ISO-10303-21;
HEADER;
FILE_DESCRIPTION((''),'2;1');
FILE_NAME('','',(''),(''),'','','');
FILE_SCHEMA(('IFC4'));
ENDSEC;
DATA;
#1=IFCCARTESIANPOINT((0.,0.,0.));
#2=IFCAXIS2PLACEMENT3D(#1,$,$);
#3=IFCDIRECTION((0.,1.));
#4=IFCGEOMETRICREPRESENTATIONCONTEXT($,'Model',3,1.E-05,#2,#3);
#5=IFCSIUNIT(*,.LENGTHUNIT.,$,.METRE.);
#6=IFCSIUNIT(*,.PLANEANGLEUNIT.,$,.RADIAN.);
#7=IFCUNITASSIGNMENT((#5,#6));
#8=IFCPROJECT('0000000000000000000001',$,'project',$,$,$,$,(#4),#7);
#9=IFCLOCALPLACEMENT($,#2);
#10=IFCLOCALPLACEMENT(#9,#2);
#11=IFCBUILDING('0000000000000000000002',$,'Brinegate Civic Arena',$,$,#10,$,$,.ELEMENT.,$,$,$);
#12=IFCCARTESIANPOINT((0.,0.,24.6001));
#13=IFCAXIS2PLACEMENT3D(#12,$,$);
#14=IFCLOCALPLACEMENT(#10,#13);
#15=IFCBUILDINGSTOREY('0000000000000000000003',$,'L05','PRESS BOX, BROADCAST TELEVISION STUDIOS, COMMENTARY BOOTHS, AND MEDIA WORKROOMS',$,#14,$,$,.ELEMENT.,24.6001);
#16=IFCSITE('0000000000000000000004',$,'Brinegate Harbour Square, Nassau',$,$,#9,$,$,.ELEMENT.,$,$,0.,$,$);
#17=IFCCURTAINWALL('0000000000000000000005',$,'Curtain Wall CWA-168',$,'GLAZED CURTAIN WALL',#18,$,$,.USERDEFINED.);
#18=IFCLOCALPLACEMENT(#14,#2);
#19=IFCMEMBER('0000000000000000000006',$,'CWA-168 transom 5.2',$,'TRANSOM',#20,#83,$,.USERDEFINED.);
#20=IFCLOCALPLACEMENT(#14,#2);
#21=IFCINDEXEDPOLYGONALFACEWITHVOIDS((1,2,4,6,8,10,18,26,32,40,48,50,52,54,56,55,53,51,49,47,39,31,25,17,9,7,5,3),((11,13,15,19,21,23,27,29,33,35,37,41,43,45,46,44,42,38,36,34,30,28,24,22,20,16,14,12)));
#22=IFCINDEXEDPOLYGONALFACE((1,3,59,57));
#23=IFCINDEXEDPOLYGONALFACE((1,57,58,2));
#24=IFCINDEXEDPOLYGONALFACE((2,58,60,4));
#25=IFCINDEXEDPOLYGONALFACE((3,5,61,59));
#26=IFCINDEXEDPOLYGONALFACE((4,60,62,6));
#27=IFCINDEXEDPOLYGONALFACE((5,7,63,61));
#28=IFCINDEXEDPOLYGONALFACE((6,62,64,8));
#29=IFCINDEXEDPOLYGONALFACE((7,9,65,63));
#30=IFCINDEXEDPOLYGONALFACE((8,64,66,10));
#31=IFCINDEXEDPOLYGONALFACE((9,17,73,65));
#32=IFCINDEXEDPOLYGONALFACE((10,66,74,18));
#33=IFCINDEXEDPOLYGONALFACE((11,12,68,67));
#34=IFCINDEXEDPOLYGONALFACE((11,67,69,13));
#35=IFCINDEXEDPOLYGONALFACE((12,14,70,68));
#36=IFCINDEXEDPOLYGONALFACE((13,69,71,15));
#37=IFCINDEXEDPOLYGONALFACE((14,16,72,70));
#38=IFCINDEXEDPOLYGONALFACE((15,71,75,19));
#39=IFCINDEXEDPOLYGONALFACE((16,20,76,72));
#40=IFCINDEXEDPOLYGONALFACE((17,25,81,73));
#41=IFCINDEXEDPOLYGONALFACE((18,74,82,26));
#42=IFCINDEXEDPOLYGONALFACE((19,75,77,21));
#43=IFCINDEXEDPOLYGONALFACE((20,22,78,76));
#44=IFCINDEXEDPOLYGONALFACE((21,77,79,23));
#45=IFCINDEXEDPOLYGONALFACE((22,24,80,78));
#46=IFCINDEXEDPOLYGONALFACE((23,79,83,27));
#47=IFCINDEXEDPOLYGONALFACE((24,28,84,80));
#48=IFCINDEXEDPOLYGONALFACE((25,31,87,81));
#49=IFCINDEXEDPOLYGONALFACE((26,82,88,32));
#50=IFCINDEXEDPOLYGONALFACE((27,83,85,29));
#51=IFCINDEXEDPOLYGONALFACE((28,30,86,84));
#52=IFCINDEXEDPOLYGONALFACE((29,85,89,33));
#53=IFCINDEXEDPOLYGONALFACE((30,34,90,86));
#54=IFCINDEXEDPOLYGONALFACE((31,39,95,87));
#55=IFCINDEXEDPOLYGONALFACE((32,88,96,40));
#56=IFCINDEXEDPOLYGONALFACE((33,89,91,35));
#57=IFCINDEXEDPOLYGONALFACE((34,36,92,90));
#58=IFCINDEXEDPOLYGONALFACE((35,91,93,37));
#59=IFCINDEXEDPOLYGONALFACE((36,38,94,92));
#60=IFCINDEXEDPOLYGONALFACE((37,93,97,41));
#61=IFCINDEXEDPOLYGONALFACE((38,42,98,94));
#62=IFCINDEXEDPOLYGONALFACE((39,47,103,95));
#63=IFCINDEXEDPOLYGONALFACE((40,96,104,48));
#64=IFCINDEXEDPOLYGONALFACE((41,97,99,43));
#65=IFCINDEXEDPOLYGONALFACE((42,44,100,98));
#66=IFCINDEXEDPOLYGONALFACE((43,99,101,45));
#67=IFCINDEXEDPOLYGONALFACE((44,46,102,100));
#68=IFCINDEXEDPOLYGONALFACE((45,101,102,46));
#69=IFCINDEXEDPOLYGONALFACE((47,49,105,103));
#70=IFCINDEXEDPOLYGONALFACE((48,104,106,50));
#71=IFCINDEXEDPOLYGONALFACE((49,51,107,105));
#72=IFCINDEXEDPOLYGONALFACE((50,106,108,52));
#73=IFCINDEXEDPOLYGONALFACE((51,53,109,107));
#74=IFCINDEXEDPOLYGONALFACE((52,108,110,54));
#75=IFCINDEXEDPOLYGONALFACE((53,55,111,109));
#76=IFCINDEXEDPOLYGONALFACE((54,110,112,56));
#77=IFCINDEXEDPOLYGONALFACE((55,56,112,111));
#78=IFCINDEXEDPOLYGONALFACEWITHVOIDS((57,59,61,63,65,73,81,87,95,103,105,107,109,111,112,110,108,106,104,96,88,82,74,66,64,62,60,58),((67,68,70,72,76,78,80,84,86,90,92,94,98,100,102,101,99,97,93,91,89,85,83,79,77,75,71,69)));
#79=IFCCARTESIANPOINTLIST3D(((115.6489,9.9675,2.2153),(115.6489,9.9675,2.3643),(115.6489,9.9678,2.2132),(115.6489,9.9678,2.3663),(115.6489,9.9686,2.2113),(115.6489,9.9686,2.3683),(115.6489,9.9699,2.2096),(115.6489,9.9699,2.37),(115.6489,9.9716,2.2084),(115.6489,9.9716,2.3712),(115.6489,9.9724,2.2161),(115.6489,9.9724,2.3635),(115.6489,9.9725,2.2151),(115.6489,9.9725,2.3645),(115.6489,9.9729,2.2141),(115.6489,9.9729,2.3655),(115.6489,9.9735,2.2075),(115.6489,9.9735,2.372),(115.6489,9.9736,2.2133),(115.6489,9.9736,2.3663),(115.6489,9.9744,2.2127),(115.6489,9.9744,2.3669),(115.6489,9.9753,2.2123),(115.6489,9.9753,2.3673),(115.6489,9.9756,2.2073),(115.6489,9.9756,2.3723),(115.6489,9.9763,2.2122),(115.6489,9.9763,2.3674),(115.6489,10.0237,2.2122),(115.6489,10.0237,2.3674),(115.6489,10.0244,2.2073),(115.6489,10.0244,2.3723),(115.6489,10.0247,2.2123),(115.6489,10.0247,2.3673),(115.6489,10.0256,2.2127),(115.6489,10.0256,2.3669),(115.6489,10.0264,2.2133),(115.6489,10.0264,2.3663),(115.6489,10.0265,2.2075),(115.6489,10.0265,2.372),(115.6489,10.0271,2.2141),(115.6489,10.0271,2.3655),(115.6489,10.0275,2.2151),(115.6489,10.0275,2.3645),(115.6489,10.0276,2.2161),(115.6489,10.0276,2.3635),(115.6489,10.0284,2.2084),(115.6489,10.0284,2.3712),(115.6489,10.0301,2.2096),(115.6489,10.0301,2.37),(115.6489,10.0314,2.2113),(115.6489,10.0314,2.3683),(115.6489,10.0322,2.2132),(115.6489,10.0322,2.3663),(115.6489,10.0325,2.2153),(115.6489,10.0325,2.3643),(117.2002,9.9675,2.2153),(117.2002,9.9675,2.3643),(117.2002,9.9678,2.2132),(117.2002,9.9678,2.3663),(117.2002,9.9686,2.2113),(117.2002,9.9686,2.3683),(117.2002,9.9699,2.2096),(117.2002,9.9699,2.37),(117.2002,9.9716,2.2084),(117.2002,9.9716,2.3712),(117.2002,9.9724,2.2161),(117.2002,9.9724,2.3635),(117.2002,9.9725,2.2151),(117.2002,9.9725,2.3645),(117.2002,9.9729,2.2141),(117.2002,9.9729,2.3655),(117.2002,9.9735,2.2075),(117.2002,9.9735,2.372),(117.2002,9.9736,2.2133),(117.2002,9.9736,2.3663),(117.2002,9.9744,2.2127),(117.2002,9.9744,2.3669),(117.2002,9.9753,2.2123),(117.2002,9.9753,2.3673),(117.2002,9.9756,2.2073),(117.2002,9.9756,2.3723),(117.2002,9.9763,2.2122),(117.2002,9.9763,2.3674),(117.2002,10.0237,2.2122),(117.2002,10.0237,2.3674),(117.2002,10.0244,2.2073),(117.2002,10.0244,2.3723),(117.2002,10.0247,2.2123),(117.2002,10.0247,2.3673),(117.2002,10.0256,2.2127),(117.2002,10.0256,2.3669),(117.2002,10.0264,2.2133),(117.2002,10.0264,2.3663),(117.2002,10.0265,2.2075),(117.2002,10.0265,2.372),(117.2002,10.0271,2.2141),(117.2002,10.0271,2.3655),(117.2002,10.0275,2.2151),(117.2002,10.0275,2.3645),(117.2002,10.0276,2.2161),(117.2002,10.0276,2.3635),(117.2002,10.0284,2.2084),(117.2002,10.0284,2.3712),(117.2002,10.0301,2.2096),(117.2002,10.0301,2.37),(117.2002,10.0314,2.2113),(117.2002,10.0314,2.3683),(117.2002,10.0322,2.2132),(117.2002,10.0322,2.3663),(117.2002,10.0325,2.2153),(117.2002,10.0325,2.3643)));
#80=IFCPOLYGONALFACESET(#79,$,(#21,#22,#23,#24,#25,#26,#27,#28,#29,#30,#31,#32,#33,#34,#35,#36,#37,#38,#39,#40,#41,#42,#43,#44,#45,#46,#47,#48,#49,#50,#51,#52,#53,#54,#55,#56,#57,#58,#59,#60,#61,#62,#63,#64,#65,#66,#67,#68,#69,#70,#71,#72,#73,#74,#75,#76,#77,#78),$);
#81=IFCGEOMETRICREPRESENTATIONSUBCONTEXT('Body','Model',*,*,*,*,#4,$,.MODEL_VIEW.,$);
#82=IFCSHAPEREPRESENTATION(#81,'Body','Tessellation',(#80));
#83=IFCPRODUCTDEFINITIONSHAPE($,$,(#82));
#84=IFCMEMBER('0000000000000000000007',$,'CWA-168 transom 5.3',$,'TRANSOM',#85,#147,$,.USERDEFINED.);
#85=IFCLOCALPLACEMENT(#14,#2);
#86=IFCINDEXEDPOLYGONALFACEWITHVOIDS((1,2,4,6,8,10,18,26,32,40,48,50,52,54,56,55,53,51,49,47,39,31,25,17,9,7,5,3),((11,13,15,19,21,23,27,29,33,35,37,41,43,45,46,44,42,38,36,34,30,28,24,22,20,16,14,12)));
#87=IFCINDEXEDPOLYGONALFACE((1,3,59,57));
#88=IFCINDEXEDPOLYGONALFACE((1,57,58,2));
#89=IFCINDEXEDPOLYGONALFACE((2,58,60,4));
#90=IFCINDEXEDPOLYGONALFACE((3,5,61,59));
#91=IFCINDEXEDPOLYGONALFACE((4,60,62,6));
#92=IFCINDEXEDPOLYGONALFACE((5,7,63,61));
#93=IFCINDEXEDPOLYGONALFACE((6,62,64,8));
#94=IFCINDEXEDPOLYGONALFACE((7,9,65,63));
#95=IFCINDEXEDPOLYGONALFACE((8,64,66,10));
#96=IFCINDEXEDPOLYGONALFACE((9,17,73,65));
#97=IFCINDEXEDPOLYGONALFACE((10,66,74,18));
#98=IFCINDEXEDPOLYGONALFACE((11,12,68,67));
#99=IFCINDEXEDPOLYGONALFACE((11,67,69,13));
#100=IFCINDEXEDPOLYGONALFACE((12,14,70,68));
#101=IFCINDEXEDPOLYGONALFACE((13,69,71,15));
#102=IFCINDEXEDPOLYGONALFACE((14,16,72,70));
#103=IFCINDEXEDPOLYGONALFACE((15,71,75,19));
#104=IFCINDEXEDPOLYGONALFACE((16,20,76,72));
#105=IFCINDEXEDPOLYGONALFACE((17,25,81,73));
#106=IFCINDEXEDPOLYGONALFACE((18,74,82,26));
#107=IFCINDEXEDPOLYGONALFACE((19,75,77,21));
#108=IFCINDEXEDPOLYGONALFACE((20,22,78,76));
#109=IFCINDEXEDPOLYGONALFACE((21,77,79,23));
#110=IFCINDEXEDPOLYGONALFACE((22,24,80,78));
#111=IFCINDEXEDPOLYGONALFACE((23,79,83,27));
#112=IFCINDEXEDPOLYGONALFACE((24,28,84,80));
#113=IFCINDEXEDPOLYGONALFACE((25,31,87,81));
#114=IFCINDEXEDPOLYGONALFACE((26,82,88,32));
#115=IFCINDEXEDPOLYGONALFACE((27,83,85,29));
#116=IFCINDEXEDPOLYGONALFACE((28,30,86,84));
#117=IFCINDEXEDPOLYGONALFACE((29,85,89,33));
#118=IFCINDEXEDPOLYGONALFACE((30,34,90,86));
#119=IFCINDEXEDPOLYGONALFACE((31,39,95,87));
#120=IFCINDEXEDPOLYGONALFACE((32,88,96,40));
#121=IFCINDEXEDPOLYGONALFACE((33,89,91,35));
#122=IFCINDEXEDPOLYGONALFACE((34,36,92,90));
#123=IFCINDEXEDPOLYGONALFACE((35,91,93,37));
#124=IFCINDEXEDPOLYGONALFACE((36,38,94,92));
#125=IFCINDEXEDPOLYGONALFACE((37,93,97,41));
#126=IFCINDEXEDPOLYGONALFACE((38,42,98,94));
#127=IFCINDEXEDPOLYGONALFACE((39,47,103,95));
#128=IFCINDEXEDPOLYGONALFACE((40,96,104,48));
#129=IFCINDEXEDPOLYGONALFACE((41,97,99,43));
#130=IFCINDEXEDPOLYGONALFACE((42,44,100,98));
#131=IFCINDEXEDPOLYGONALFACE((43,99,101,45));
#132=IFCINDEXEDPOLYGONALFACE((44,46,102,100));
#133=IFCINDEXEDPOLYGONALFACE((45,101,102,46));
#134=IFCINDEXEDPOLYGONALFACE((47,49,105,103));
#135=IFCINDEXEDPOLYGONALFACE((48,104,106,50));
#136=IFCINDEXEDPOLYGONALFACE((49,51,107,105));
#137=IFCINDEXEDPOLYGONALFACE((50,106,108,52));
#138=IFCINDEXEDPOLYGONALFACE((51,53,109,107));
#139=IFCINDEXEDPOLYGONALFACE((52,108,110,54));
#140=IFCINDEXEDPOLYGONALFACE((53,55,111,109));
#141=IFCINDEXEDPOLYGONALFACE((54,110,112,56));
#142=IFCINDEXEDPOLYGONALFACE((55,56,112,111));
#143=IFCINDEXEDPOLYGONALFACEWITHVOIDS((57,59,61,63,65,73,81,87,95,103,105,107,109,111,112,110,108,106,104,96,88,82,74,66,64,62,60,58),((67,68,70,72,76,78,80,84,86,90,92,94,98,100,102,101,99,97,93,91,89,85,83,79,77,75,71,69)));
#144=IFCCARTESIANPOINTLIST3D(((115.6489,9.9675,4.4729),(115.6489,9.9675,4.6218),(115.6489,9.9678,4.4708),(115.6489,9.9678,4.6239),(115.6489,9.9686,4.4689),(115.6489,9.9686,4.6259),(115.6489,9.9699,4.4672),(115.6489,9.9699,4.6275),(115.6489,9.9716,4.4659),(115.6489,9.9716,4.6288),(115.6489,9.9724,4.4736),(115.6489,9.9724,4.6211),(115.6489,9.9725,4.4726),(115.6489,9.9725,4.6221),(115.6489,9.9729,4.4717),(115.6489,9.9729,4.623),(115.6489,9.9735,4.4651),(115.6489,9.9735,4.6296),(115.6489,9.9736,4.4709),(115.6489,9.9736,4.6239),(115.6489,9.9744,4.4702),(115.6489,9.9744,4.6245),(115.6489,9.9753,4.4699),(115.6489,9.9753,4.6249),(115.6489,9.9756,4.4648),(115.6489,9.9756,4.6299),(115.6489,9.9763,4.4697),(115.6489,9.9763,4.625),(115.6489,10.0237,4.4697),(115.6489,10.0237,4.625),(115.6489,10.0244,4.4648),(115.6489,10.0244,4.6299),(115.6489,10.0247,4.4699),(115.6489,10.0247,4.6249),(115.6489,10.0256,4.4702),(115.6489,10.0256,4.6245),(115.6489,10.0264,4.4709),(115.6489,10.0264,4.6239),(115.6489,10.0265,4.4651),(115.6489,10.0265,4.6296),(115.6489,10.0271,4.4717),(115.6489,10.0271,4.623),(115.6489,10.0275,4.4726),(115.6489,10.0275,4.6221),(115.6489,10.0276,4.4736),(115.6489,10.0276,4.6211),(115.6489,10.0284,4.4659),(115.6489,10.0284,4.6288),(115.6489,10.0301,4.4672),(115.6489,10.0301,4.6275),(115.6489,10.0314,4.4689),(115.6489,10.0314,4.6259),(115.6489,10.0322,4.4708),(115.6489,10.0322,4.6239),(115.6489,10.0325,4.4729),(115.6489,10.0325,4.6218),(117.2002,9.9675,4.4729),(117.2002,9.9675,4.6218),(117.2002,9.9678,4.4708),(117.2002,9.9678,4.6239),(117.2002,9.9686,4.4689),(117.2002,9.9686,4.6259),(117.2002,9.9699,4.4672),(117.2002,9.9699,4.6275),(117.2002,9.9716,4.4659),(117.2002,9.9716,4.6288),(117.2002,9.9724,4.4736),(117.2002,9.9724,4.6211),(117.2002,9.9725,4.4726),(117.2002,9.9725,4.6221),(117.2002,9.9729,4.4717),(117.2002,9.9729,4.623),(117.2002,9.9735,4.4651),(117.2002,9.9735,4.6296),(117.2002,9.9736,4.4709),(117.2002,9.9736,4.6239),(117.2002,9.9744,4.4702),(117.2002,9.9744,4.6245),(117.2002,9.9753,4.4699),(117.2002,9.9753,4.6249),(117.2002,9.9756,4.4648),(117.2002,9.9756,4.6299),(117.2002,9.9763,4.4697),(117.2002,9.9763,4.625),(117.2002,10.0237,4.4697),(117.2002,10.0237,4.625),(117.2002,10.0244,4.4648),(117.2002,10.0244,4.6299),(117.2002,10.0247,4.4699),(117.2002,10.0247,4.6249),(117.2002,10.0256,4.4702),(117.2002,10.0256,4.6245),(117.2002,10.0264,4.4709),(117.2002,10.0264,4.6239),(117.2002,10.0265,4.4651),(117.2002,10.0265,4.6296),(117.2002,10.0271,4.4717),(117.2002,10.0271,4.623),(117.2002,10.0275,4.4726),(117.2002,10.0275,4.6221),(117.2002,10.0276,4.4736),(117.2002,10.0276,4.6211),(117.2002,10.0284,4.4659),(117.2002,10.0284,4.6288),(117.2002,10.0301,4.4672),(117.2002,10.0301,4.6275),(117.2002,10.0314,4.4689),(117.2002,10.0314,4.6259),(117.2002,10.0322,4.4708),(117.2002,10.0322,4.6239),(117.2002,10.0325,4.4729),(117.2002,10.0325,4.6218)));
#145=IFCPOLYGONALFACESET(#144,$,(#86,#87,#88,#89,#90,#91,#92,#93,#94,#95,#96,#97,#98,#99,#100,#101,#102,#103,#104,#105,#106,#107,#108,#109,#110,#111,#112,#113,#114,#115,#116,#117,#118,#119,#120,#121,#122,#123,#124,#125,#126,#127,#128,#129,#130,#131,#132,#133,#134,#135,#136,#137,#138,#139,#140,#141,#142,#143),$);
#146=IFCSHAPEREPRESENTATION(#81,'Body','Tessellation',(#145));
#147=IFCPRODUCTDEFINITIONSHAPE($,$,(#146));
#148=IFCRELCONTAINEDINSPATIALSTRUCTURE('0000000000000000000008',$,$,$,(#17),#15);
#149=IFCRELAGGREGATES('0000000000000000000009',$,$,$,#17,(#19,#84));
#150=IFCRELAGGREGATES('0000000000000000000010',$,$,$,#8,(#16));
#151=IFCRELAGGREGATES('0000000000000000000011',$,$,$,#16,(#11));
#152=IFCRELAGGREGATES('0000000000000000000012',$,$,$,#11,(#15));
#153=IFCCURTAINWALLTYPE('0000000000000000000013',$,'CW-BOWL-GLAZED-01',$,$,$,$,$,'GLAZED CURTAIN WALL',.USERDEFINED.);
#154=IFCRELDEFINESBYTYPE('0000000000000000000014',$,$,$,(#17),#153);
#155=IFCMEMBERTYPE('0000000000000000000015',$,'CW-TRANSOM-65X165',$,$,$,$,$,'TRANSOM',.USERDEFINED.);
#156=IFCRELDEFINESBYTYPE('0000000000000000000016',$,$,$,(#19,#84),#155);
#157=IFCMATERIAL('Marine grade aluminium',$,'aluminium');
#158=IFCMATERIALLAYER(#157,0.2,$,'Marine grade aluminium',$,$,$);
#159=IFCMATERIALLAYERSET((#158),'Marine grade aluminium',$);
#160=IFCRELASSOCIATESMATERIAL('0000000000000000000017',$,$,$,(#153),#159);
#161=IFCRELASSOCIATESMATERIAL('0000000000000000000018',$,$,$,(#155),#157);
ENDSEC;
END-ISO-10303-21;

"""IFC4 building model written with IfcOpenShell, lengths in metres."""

from ifc_helpers import new_model, si_unit, direction, frame, origin, origin_2d, place, context, subcontext, project, spatial, hollow_rectangle, extrude, material, layer, layer_set, material_profile, profile_set, type_object, element, aggregate, save


model = new_model("IFC4")

# Units and contexts
model_context = context("Model", 3, precision=1e-05, world=origin(), true_north=direction((0.0, 1.0)))
body_context = subcontext(model_context, "Body", "Model", "MODEL_VIEW")
ifc_project = project(units=[si_unit("LENGTHUNIT", "METRE"), si_unit("PLANEANGLEUNIT", "RADIAN")], contexts=[model_context])

# Site, building, storey
site_placement = place(None, origin())
site = spatial("IfcSite", under=ifc_project, at=site_placement, Name="Brinegate Harbour Square, Nassau", CompositionType="ELEMENT", RefElevation=0.0)
building_placement = place(site_placement, origin())
building = spatial("IfcBuilding", under=site, at=building_placement, Name="Brinegate Civic Arena", CompositionType="ELEMENT")
storey_placement = place(building_placement, frame((0.0, 0.0, 24.6001)))
storey = spatial("IfcBuildingStorey", under=building, at=storey_placement, Name="L05", Description="PRESS BOX, BROADCAST TELEVISION STUDIOS, COMMENTARY BOOTHS, AND MEDIA WORKROOMS", CompositionType="ELEMENT", Elevation=24.6001)

# Curtain wall, members
ifc_material_1 = material(Name="Marine grade aluminium", Category="aluminium")
ifc_layer_1 = layer(ifc_material_1, 0.2, Name="Marine grade aluminium")
ifc_layer_set_1 = layer_set([ifc_layer_1], Name="Marine grade aluminium")
curtain_wall_type = type_object("IfcCurtainWallType", Name="CW-BOWL-GLAZED-01", ElementType="GLAZED CURTAIN WALL", PredefinedType="USERDEFINED", material=ifc_layer_set_1)
curtain_wall_placement = place(storey_placement, origin())
curtain_wall = element("IfcCurtainWall", 1, at=curtain_wall_placement, inside=storey, type_object=curtain_wall_type, Name="Curtain Wall CWA-168", ObjectType="GLAZED CURTAIN WALL", PredefinedType="USERDEFINED")
ifc_material_profile_1 = material_profile(ifc_material_1, hollow_rectangle(XDim=0.0649, YDim=0.165, WallThickness=0.0049, InnerFilletRadius=0.0039, OuterFilletRadius=0.0081, at=origin_2d()), Name="TRN65X165")
ifc_profile_set_1 = profile_set([ifc_material_profile_1], Name="Marine grade aluminium")
member_type_1 = type_object("IfcMemberType", Name="CW-TRANSOM-65X165", ElementType="TRANSOM", PredefinedType="USERDEFINED", material=ifc_profile_set_1)
member_1_placement = place(storey_placement, frame((115.6489, 10.0, 2.2898), z_axis=(1.0, 0.0, 0.0), x_axis=(0.0, 1.0, 0.0)))
member_1 = element("IfcMember", 2, at=member_1_placement, type_object=member_type_1, Name="CWA-168 transom 5.2", ObjectType="TRANSOM", PredefinedType="USERDEFINED", context=body_context, shape_type="SweptSolid", body=[
    extrude(hollow_rectangle(XDim=0.0649, YDim=0.165, WallThickness=0.0049, InnerFilletRadius=0.0039, OuterFilletRadius=0.0081, at=origin_2d()), origin(), (0.0, 0.0, 1.0), 1.5513),
])
member_2_placement = place(storey_placement, frame((115.6489, 10.0, 4.5474), z_axis=(1.0, 0.0, 0.0), x_axis=(0.0, 1.0, 0.0)))
member_2 = element("IfcMember", 3, at=member_2_placement, type_object=member_type_1, Name="CWA-168 transom 5.3", ObjectType="TRANSOM", PredefinedType="USERDEFINED", context=body_context, shape_type="SweptSolid", body=[
    extrude(hollow_rectangle(XDim=0.0649, YDim=0.165, WallThickness=0.0049, InnerFilletRadius=0.0039, OuterFilletRadius=0.0081, at=origin_2d()), origin(), (0.0, 0.0, 1.0), 1.5513),
])
aggregate(curtain_wall, [member_1, member_2])

save(model, "model.ifc")
